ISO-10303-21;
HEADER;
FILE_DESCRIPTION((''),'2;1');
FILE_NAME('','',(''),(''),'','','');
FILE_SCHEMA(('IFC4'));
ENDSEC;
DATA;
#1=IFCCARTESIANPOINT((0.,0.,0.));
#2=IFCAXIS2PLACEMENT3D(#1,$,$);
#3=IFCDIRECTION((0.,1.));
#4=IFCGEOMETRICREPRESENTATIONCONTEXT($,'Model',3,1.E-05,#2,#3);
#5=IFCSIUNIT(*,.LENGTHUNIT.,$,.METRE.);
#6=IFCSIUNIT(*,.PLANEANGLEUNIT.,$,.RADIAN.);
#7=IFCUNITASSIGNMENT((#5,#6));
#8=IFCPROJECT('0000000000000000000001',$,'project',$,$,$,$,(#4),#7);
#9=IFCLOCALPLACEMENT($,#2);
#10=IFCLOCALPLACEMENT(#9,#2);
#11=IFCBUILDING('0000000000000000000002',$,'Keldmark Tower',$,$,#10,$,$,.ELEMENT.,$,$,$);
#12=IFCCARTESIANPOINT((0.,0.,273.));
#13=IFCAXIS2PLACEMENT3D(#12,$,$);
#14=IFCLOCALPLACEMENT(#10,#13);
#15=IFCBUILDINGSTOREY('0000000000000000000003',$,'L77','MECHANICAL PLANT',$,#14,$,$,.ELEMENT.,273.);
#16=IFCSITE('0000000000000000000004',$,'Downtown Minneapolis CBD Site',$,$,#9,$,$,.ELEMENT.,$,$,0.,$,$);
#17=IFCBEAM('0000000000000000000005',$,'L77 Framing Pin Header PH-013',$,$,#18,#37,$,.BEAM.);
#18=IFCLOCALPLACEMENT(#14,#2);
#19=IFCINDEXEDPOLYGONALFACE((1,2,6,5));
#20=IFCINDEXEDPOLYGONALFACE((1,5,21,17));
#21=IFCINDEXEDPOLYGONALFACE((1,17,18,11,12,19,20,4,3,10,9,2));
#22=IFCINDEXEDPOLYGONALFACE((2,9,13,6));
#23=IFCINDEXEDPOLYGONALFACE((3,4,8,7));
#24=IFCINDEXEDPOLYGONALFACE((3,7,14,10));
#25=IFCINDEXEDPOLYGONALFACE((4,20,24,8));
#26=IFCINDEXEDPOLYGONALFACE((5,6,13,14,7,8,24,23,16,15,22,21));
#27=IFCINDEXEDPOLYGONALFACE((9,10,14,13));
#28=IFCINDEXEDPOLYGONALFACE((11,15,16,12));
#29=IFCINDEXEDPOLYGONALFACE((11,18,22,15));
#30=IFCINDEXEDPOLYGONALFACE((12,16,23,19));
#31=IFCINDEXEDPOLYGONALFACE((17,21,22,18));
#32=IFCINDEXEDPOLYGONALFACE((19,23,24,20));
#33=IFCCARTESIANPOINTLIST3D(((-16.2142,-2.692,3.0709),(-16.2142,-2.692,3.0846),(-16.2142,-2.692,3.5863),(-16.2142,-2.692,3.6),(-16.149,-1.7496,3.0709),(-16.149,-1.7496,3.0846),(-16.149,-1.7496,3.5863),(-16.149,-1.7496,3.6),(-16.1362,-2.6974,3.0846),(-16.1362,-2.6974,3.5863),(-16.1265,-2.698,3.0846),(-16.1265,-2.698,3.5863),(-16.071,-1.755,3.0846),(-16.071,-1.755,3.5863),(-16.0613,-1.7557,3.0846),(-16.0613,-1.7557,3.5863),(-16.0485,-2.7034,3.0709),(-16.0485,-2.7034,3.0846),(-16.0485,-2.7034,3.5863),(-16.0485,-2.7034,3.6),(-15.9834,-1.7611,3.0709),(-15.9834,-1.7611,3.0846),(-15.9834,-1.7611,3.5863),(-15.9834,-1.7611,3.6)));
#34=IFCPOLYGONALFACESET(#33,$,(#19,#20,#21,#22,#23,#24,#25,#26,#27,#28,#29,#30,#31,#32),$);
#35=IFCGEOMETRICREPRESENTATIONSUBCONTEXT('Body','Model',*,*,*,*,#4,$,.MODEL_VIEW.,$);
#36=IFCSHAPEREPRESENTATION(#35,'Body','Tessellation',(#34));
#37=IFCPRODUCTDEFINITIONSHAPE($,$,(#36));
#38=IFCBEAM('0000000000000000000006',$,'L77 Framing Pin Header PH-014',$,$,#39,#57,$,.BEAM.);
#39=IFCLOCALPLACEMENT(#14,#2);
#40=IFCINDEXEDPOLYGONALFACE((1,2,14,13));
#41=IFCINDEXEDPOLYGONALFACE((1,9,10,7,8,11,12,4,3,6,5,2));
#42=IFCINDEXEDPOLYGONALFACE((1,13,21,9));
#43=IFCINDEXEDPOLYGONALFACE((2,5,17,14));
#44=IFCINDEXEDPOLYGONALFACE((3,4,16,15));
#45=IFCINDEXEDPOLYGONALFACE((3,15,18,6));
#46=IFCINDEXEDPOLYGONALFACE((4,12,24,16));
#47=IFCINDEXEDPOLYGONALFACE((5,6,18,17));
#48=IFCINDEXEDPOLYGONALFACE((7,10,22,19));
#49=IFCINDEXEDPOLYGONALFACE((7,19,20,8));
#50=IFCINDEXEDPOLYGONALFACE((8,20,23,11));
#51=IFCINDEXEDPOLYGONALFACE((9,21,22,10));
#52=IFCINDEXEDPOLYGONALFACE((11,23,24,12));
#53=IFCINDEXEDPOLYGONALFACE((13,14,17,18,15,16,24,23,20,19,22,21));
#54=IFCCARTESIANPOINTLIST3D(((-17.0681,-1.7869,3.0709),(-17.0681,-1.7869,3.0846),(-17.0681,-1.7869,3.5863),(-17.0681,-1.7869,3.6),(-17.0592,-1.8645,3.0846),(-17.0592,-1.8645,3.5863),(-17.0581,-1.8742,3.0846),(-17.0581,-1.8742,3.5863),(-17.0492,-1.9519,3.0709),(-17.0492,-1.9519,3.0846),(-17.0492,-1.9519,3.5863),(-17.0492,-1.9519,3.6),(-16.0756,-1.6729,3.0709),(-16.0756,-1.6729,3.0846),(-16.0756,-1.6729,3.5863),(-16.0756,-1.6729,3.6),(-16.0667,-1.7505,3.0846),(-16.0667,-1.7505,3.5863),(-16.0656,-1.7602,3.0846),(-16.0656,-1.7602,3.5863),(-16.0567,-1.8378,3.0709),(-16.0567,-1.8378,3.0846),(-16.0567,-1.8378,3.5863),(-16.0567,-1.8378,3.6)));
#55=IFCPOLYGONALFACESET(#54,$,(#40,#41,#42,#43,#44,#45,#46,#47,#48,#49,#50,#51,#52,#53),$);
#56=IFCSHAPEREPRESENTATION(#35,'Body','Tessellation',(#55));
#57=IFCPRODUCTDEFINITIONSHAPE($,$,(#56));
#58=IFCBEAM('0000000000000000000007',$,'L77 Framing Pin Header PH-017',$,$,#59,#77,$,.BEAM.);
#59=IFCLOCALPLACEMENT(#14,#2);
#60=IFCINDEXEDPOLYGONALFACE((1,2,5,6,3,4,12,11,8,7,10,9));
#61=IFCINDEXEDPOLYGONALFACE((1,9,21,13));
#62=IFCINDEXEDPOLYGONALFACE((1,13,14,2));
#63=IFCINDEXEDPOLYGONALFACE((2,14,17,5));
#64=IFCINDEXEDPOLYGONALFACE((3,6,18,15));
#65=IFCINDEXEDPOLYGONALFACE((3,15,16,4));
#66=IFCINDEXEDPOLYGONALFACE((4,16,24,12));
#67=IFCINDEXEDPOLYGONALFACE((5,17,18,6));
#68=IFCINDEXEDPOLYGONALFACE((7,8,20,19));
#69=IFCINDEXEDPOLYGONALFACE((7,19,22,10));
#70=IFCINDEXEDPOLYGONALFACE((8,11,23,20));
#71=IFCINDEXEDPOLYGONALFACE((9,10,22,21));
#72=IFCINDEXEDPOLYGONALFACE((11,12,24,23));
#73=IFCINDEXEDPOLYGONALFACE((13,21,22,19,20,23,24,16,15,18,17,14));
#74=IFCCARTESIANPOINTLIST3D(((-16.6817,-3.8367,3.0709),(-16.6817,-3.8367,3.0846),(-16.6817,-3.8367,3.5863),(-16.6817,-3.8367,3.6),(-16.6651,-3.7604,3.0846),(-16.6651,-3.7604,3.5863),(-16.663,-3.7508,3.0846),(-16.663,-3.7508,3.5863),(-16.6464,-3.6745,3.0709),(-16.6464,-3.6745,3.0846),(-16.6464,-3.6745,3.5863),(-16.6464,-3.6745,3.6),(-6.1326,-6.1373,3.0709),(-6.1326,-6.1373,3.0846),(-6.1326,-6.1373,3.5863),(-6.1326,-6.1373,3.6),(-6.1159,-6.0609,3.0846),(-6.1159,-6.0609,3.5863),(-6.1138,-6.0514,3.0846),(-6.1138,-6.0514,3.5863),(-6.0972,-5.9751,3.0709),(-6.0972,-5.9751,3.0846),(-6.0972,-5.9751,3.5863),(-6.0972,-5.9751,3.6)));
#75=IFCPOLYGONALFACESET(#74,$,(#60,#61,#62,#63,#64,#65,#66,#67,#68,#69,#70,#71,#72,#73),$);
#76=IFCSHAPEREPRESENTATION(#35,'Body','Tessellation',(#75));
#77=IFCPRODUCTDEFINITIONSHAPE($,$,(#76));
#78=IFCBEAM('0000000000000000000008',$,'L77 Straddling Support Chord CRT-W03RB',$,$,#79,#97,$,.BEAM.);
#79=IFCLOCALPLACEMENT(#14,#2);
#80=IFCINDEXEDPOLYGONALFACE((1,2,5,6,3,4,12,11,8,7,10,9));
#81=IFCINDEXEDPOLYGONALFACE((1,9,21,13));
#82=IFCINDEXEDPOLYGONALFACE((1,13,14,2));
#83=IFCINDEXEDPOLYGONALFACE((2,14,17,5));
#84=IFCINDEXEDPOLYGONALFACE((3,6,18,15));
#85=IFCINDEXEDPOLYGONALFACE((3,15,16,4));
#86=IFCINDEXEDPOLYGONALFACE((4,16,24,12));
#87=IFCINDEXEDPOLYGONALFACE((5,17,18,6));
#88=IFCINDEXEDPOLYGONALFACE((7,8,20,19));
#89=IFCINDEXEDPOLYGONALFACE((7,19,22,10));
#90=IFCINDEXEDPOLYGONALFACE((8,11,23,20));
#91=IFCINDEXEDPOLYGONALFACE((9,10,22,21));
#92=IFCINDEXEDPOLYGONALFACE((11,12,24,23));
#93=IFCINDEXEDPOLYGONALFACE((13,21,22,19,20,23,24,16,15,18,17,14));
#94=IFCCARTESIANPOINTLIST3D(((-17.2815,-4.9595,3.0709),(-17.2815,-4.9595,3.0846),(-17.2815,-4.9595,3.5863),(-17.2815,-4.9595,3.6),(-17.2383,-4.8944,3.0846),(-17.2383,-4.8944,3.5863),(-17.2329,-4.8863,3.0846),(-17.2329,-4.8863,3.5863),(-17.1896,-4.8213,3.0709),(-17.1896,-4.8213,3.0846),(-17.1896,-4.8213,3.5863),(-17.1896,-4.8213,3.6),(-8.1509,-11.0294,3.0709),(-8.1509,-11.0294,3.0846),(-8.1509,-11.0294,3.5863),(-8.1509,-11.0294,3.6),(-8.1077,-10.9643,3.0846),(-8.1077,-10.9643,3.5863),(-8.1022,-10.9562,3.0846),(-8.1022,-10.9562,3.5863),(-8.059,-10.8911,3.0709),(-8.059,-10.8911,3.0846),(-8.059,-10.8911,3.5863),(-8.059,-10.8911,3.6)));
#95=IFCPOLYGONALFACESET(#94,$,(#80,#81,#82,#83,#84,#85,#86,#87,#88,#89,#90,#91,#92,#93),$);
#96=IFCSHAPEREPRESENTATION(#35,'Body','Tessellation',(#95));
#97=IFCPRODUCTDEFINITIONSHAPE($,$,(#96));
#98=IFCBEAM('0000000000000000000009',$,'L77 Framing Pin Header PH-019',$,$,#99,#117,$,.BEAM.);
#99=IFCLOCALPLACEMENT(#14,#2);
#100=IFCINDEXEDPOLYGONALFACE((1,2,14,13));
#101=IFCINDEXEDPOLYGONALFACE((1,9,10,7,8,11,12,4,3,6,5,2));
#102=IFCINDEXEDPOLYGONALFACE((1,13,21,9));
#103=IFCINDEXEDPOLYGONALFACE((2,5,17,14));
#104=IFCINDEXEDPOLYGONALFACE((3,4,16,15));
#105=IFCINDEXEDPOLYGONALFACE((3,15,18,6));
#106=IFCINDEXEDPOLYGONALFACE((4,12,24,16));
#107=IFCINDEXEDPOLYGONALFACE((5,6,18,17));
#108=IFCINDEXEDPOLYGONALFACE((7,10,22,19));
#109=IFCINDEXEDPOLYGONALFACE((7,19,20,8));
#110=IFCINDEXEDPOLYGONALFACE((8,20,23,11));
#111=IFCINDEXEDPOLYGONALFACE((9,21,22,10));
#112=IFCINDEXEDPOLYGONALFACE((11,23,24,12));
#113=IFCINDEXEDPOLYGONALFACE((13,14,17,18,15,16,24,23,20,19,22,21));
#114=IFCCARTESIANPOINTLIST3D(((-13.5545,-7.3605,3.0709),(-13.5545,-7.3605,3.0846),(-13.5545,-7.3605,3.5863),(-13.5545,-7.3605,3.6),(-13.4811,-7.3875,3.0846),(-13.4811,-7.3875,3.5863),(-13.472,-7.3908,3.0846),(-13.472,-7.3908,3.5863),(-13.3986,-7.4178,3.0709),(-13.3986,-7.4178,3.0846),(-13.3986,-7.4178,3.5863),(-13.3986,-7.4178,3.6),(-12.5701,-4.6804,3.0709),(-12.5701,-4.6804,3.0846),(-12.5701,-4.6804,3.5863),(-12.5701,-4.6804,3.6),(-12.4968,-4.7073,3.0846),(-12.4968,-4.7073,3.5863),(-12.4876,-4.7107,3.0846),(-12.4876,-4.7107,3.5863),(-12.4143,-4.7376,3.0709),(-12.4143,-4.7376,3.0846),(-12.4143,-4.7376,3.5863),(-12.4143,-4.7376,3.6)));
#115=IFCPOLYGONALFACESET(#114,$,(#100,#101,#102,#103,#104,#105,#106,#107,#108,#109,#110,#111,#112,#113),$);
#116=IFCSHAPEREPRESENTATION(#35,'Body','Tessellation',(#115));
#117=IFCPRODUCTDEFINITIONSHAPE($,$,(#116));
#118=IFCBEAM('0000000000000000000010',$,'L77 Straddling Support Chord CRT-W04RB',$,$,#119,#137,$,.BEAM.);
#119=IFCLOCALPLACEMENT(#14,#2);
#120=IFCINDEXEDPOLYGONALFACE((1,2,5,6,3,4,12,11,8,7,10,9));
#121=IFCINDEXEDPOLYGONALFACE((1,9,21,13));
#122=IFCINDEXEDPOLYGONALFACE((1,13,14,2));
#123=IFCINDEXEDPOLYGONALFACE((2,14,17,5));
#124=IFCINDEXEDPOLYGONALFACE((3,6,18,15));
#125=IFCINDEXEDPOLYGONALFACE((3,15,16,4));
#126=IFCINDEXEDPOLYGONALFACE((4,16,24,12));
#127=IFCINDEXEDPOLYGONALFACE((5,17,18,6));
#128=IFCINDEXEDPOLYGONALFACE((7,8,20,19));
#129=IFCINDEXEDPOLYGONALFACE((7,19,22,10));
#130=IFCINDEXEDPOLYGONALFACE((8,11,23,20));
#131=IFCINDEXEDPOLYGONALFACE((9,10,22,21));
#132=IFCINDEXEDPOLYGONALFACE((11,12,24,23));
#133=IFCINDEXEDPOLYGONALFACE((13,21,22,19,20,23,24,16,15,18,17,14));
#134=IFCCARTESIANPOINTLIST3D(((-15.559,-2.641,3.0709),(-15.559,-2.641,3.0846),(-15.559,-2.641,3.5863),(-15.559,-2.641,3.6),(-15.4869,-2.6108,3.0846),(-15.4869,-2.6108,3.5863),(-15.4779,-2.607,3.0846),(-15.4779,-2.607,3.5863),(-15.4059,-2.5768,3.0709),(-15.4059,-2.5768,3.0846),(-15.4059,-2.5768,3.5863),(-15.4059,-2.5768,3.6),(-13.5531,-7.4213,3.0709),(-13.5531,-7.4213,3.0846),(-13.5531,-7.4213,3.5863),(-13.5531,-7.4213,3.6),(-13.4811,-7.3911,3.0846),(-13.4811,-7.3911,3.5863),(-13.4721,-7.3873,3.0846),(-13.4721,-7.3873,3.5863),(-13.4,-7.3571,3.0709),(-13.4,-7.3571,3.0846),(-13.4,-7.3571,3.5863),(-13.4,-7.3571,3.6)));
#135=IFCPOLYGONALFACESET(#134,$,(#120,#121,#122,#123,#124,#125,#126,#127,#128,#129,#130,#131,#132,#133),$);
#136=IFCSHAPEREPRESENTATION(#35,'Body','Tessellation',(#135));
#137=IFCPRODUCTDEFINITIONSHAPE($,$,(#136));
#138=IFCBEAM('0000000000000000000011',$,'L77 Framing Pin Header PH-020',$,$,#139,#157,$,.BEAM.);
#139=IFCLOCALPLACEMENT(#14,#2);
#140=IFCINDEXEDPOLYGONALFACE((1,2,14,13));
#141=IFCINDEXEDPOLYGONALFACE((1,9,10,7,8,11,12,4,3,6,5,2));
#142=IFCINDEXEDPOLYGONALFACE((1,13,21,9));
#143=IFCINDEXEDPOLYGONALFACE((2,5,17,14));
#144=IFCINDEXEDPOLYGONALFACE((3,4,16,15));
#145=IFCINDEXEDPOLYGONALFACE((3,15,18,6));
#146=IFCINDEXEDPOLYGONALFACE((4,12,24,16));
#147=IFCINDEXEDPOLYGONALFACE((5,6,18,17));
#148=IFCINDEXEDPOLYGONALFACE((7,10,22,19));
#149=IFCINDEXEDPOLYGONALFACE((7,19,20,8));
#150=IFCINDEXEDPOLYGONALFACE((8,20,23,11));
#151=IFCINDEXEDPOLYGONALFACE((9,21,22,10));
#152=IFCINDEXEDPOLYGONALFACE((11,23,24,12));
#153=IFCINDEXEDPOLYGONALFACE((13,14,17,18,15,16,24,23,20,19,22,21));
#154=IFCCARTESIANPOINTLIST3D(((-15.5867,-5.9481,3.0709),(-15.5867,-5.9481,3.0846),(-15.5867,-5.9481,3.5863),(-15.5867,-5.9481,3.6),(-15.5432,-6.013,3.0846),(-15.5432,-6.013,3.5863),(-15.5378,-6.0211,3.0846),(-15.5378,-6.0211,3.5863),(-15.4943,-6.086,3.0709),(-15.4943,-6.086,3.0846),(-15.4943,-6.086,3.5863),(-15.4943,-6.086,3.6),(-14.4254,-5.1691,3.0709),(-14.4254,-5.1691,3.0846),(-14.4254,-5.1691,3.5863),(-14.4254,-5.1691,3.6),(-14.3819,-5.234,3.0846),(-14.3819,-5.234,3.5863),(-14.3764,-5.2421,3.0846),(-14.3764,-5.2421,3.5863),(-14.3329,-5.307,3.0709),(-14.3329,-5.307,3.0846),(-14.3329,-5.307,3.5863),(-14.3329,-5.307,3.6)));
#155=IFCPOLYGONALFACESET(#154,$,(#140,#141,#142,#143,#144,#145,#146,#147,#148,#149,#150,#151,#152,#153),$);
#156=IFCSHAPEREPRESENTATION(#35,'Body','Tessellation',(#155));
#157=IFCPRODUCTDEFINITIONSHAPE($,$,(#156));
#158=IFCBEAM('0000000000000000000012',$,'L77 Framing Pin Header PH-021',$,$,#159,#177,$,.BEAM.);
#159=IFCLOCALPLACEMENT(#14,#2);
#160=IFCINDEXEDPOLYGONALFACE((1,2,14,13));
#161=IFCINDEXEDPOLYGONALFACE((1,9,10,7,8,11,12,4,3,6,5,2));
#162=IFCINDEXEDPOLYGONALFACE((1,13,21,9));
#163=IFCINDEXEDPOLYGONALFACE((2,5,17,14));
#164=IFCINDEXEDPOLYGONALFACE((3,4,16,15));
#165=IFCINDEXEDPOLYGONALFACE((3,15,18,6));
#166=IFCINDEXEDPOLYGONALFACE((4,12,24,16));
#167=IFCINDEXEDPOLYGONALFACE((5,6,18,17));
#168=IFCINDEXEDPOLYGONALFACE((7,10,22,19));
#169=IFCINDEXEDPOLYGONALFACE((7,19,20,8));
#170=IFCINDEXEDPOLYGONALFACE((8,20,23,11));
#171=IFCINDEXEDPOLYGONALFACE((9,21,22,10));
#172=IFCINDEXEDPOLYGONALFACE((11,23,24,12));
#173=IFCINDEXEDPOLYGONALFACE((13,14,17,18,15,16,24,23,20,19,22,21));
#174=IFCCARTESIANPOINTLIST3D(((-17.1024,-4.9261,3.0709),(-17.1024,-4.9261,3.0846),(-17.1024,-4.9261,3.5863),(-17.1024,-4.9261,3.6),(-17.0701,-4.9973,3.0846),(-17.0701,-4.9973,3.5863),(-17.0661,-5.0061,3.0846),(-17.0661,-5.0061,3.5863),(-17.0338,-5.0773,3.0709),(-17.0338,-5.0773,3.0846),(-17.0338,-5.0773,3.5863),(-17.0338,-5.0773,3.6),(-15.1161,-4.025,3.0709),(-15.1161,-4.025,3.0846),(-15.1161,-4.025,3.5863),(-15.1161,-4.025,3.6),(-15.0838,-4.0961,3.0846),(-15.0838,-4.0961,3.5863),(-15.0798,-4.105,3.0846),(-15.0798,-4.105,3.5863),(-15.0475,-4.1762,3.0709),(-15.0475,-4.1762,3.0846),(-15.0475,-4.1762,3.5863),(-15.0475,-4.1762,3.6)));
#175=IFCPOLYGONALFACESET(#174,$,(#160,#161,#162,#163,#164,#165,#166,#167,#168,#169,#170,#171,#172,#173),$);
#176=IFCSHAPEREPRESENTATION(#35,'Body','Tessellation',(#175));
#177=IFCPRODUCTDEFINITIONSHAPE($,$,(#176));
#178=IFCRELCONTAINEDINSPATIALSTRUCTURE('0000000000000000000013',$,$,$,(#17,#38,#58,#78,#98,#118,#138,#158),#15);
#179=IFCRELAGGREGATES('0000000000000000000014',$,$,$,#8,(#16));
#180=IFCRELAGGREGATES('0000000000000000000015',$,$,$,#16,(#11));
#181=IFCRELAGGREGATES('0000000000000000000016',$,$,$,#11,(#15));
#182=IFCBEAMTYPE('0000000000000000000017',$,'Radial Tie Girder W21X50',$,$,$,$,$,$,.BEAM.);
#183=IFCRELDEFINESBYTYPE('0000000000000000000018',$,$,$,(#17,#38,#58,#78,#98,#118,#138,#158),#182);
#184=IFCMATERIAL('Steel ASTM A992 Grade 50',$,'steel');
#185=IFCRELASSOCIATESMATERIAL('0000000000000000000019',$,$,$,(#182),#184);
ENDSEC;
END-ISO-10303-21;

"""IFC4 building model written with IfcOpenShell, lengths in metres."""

from ifc_helpers import new_model, si_unit, direction, frame, origin, origin_2d, place, context, subcontext, project, spatial, i_section, extrude, material, material_profile, profile_set, type_object, element, save


model = new_model("IFC4")

# Units and contexts
model_context = context("Model", 3, precision=1e-05, world=origin(), true_north=direction((0.0, 1.0)))
body_context = subcontext(model_context, "Body", "Model", "MODEL_VIEW")
ifc_project = project(units=[si_unit("LENGTHUNIT", "METRE"), si_unit("PLANEANGLEUNIT", "RADIAN")], contexts=[model_context])

# Site, building, storey
site_placement = place(None, origin())
site = spatial("IfcSite", under=ifc_project, at=site_placement, Name="Downtown Minneapolis CBD Site", CompositionType="ELEMENT", RefElevation=0.0)
building_placement = place(site_placement, origin())
building = spatial("IfcBuilding", under=site, at=building_placement, Name="Keldmark Tower", CompositionType="ELEMENT")
storey_placement = place(building_placement, frame((0.0, 0.0, 273.0)))
storey = spatial("IfcBuildingStorey", under=building, at=storey_placement, Name="L77", Description="MECHANICAL PLANT", CompositionType="ELEMENT", Elevation=273.0)

# Beams
ifc_material_1 = material(Name="Steel ASTM A992 Grade 50", Category="steel")
ifc_material_profile_1 = material_profile(ifc_material_1, i_section(OverallWidth=0.166, OverallDepth=0.5291, WebThickness=0.0098, FlangeThickness=0.0137, at=origin_2d()), Name="W21X50")
ifc_profile_set_1 = profile_set([ifc_material_profile_1], Name="Steel ASTM A992 Grade 50")
beam_type_1 = type_object("IfcBeamType", Name="Radial Tie Girder W21X50", PredefinedType="BEAM", material=ifc_profile_set_1)
beam_1_placement = place(storey_placement, frame((-16.0662, -1.7554, 3.3354), z_axis=(-0.069006, -0.997616, 0.0), x_axis=(0.997616, -0.069006, 0.0)))
element("IfcBeam", 1, at=beam_1_placement, inside=storey, type_object=beam_type_1, Name="L77 Framing Pin Header PH-013", PredefinedType="BEAM", context=body_context, shape_type="SweptSolid", body=[
    extrude(i_section(OverallWidth=0.166, OverallDepth=0.5291, WebThickness=0.0098, FlangeThickness=0.0137, at=origin_2d()), origin(), (0.0, 0.0, 1.0), 0.9446),
])
beam_2_placement = place(storey_placement, frame((-16.0662, -1.7554, 3.3354), z_axis=(-0.993466, -0.114132, 0.0), x_axis=(0.114132, -0.993466, 0.0)))
element("IfcBeam", 2, at=beam_2_placement, inside=storey, type_object=beam_type_1, Name="L77 Framing Pin Header PH-014", PredefinedType="BEAM", context=body_context, shape_type="SweptSolid", body=[
    extrude(i_section(OverallWidth=0.166, OverallDepth=0.5291, WebThickness=0.0098, FlangeThickness=0.0137, at=origin_2d()), origin(), (0.0, 0.0, 1.0), 0.999),
])
beam_3_placement = place(storey_placement, frame((-16.6641, -3.7556, 3.3354), z_axis=(0.977037, -0.213072, 0.0), x_axis=(0.213072, 0.977037, 0.0)))
element("IfcBeam", 3, at=beam_3_placement, inside=storey, type_object=beam_type_1, Name="L77 Framing Pin Header PH-017", PredefinedType="BEAM", context=body_context, shape_type="SweptSolid", body=[
    extrude(i_section(OverallWidth=0.166, OverallDepth=0.5291, WebThickness=0.0098, FlangeThickness=0.0137, at=origin_2d()), origin(), (0.0, 0.0, 1.0), 10.7971),
])
beam_4_placement = place(storey_placement, frame((-17.2356, -4.8904, 3.3354), z_axis=(0.832776, -0.55361, 0.0), x_axis=(0.55361, 0.832776, 0.0)))
element("IfcBeam", 4, at=beam_4_placement, inside=storey, type_object=beam_type_1, Name="L77 Straddling Support Chord CRT-W03RB", PredefinedType="BEAM", context=body_context, shape_type="SweptSolid", body=[
    extrude(i_section(OverallWidth=0.166, OverallDepth=0.5291, WebThickness=0.0098, FlangeThickness=0.0137, at=origin_2d()), origin(), (0.0, 0.0, 1.0), 10.9641),
])
beam_5_placement = place(storey_placement, frame((-12.4922, -4.709, 3.3354), z_axis=(-0.344762, -0.93869, 0.0), x_axis=(0.93869, -0.344762, 0.0)))
element("IfcBeam", 5, at=beam_5_placement, inside=storey, type_object=beam_type_1, Name="L77 Framing Pin Header PH-019", PredefinedType="BEAM", context=body_context, shape_type="SweptSolid", body=[
    extrude(i_section(OverallWidth=0.166, OverallDepth=0.5291, WebThickness=0.0098, FlangeThickness=0.0137, at=origin_2d()), origin(), (0.0, 0.0, 1.0), 2.8552),
])
beam_6_placement = place(storey_placement, frame((-15.4824, -2.6089, 3.3354), z_axis=(0.386928, -0.92211, 0.0), x_axis=(0.92211, 0.386928, 0.0)))
element("IfcBeam", 6, at=beam_6_placement, inside=storey, type_object=beam_type_1, Name="L77 Straddling Support Chord CRT-W04RB", PredefinedType="BEAM", context=body_context, shape_type="SweptSolid", body=[
    extrude(i_section(OverallWidth=0.166, OverallDepth=0.5291, WebThickness=0.0098, FlangeThickness=0.0137, at=origin_2d()), origin(), (0.0, 0.0, 1.0), 5.1841),
])
beam_7_placement = place(storey_placement, frame((-14.3792, -5.238, 3.3354), z_axis=(-0.830462, -0.557075, 0.0), x_axis=(0.557075, -0.830462, 0.0)))
element("IfcBeam", 7, at=beam_7_placement, inside=storey, type_object=beam_type_1, Name="L77 Framing Pin Header PH-020", PredefinedType="BEAM", context=body_context, shape_type="SweptSolid", body=[
    extrude(i_section(OverallWidth=0.166, OverallDepth=0.5291, WebThickness=0.0098, FlangeThickness=0.0137, at=origin_2d()), origin(), (0.0, 0.0, 1.0), 1.3984),
])
beam_8_placement = place(storey_placement, frame((-15.0818, -4.1006, 3.3354), z_axis=(-0.910669, -0.413137, 0.0), x_axis=(0.413137, -0.910669, 0.0)))
element("IfcBeam", 8, at=beam_8_placement, inside=storey, type_object=beam_type_1, Name="L77 Framing Pin Header PH-021", PredefinedType="BEAM", context=body_context, shape_type="SweptSolid", body=[
    extrude(i_section(OverallWidth=0.166, OverallDepth=0.5291, WebThickness=0.0098, FlangeThickness=0.0137, at=origin_2d()), origin(), (0.0, 0.0, 1.0), 2.1812),
])

save(model, "model.ifc")
